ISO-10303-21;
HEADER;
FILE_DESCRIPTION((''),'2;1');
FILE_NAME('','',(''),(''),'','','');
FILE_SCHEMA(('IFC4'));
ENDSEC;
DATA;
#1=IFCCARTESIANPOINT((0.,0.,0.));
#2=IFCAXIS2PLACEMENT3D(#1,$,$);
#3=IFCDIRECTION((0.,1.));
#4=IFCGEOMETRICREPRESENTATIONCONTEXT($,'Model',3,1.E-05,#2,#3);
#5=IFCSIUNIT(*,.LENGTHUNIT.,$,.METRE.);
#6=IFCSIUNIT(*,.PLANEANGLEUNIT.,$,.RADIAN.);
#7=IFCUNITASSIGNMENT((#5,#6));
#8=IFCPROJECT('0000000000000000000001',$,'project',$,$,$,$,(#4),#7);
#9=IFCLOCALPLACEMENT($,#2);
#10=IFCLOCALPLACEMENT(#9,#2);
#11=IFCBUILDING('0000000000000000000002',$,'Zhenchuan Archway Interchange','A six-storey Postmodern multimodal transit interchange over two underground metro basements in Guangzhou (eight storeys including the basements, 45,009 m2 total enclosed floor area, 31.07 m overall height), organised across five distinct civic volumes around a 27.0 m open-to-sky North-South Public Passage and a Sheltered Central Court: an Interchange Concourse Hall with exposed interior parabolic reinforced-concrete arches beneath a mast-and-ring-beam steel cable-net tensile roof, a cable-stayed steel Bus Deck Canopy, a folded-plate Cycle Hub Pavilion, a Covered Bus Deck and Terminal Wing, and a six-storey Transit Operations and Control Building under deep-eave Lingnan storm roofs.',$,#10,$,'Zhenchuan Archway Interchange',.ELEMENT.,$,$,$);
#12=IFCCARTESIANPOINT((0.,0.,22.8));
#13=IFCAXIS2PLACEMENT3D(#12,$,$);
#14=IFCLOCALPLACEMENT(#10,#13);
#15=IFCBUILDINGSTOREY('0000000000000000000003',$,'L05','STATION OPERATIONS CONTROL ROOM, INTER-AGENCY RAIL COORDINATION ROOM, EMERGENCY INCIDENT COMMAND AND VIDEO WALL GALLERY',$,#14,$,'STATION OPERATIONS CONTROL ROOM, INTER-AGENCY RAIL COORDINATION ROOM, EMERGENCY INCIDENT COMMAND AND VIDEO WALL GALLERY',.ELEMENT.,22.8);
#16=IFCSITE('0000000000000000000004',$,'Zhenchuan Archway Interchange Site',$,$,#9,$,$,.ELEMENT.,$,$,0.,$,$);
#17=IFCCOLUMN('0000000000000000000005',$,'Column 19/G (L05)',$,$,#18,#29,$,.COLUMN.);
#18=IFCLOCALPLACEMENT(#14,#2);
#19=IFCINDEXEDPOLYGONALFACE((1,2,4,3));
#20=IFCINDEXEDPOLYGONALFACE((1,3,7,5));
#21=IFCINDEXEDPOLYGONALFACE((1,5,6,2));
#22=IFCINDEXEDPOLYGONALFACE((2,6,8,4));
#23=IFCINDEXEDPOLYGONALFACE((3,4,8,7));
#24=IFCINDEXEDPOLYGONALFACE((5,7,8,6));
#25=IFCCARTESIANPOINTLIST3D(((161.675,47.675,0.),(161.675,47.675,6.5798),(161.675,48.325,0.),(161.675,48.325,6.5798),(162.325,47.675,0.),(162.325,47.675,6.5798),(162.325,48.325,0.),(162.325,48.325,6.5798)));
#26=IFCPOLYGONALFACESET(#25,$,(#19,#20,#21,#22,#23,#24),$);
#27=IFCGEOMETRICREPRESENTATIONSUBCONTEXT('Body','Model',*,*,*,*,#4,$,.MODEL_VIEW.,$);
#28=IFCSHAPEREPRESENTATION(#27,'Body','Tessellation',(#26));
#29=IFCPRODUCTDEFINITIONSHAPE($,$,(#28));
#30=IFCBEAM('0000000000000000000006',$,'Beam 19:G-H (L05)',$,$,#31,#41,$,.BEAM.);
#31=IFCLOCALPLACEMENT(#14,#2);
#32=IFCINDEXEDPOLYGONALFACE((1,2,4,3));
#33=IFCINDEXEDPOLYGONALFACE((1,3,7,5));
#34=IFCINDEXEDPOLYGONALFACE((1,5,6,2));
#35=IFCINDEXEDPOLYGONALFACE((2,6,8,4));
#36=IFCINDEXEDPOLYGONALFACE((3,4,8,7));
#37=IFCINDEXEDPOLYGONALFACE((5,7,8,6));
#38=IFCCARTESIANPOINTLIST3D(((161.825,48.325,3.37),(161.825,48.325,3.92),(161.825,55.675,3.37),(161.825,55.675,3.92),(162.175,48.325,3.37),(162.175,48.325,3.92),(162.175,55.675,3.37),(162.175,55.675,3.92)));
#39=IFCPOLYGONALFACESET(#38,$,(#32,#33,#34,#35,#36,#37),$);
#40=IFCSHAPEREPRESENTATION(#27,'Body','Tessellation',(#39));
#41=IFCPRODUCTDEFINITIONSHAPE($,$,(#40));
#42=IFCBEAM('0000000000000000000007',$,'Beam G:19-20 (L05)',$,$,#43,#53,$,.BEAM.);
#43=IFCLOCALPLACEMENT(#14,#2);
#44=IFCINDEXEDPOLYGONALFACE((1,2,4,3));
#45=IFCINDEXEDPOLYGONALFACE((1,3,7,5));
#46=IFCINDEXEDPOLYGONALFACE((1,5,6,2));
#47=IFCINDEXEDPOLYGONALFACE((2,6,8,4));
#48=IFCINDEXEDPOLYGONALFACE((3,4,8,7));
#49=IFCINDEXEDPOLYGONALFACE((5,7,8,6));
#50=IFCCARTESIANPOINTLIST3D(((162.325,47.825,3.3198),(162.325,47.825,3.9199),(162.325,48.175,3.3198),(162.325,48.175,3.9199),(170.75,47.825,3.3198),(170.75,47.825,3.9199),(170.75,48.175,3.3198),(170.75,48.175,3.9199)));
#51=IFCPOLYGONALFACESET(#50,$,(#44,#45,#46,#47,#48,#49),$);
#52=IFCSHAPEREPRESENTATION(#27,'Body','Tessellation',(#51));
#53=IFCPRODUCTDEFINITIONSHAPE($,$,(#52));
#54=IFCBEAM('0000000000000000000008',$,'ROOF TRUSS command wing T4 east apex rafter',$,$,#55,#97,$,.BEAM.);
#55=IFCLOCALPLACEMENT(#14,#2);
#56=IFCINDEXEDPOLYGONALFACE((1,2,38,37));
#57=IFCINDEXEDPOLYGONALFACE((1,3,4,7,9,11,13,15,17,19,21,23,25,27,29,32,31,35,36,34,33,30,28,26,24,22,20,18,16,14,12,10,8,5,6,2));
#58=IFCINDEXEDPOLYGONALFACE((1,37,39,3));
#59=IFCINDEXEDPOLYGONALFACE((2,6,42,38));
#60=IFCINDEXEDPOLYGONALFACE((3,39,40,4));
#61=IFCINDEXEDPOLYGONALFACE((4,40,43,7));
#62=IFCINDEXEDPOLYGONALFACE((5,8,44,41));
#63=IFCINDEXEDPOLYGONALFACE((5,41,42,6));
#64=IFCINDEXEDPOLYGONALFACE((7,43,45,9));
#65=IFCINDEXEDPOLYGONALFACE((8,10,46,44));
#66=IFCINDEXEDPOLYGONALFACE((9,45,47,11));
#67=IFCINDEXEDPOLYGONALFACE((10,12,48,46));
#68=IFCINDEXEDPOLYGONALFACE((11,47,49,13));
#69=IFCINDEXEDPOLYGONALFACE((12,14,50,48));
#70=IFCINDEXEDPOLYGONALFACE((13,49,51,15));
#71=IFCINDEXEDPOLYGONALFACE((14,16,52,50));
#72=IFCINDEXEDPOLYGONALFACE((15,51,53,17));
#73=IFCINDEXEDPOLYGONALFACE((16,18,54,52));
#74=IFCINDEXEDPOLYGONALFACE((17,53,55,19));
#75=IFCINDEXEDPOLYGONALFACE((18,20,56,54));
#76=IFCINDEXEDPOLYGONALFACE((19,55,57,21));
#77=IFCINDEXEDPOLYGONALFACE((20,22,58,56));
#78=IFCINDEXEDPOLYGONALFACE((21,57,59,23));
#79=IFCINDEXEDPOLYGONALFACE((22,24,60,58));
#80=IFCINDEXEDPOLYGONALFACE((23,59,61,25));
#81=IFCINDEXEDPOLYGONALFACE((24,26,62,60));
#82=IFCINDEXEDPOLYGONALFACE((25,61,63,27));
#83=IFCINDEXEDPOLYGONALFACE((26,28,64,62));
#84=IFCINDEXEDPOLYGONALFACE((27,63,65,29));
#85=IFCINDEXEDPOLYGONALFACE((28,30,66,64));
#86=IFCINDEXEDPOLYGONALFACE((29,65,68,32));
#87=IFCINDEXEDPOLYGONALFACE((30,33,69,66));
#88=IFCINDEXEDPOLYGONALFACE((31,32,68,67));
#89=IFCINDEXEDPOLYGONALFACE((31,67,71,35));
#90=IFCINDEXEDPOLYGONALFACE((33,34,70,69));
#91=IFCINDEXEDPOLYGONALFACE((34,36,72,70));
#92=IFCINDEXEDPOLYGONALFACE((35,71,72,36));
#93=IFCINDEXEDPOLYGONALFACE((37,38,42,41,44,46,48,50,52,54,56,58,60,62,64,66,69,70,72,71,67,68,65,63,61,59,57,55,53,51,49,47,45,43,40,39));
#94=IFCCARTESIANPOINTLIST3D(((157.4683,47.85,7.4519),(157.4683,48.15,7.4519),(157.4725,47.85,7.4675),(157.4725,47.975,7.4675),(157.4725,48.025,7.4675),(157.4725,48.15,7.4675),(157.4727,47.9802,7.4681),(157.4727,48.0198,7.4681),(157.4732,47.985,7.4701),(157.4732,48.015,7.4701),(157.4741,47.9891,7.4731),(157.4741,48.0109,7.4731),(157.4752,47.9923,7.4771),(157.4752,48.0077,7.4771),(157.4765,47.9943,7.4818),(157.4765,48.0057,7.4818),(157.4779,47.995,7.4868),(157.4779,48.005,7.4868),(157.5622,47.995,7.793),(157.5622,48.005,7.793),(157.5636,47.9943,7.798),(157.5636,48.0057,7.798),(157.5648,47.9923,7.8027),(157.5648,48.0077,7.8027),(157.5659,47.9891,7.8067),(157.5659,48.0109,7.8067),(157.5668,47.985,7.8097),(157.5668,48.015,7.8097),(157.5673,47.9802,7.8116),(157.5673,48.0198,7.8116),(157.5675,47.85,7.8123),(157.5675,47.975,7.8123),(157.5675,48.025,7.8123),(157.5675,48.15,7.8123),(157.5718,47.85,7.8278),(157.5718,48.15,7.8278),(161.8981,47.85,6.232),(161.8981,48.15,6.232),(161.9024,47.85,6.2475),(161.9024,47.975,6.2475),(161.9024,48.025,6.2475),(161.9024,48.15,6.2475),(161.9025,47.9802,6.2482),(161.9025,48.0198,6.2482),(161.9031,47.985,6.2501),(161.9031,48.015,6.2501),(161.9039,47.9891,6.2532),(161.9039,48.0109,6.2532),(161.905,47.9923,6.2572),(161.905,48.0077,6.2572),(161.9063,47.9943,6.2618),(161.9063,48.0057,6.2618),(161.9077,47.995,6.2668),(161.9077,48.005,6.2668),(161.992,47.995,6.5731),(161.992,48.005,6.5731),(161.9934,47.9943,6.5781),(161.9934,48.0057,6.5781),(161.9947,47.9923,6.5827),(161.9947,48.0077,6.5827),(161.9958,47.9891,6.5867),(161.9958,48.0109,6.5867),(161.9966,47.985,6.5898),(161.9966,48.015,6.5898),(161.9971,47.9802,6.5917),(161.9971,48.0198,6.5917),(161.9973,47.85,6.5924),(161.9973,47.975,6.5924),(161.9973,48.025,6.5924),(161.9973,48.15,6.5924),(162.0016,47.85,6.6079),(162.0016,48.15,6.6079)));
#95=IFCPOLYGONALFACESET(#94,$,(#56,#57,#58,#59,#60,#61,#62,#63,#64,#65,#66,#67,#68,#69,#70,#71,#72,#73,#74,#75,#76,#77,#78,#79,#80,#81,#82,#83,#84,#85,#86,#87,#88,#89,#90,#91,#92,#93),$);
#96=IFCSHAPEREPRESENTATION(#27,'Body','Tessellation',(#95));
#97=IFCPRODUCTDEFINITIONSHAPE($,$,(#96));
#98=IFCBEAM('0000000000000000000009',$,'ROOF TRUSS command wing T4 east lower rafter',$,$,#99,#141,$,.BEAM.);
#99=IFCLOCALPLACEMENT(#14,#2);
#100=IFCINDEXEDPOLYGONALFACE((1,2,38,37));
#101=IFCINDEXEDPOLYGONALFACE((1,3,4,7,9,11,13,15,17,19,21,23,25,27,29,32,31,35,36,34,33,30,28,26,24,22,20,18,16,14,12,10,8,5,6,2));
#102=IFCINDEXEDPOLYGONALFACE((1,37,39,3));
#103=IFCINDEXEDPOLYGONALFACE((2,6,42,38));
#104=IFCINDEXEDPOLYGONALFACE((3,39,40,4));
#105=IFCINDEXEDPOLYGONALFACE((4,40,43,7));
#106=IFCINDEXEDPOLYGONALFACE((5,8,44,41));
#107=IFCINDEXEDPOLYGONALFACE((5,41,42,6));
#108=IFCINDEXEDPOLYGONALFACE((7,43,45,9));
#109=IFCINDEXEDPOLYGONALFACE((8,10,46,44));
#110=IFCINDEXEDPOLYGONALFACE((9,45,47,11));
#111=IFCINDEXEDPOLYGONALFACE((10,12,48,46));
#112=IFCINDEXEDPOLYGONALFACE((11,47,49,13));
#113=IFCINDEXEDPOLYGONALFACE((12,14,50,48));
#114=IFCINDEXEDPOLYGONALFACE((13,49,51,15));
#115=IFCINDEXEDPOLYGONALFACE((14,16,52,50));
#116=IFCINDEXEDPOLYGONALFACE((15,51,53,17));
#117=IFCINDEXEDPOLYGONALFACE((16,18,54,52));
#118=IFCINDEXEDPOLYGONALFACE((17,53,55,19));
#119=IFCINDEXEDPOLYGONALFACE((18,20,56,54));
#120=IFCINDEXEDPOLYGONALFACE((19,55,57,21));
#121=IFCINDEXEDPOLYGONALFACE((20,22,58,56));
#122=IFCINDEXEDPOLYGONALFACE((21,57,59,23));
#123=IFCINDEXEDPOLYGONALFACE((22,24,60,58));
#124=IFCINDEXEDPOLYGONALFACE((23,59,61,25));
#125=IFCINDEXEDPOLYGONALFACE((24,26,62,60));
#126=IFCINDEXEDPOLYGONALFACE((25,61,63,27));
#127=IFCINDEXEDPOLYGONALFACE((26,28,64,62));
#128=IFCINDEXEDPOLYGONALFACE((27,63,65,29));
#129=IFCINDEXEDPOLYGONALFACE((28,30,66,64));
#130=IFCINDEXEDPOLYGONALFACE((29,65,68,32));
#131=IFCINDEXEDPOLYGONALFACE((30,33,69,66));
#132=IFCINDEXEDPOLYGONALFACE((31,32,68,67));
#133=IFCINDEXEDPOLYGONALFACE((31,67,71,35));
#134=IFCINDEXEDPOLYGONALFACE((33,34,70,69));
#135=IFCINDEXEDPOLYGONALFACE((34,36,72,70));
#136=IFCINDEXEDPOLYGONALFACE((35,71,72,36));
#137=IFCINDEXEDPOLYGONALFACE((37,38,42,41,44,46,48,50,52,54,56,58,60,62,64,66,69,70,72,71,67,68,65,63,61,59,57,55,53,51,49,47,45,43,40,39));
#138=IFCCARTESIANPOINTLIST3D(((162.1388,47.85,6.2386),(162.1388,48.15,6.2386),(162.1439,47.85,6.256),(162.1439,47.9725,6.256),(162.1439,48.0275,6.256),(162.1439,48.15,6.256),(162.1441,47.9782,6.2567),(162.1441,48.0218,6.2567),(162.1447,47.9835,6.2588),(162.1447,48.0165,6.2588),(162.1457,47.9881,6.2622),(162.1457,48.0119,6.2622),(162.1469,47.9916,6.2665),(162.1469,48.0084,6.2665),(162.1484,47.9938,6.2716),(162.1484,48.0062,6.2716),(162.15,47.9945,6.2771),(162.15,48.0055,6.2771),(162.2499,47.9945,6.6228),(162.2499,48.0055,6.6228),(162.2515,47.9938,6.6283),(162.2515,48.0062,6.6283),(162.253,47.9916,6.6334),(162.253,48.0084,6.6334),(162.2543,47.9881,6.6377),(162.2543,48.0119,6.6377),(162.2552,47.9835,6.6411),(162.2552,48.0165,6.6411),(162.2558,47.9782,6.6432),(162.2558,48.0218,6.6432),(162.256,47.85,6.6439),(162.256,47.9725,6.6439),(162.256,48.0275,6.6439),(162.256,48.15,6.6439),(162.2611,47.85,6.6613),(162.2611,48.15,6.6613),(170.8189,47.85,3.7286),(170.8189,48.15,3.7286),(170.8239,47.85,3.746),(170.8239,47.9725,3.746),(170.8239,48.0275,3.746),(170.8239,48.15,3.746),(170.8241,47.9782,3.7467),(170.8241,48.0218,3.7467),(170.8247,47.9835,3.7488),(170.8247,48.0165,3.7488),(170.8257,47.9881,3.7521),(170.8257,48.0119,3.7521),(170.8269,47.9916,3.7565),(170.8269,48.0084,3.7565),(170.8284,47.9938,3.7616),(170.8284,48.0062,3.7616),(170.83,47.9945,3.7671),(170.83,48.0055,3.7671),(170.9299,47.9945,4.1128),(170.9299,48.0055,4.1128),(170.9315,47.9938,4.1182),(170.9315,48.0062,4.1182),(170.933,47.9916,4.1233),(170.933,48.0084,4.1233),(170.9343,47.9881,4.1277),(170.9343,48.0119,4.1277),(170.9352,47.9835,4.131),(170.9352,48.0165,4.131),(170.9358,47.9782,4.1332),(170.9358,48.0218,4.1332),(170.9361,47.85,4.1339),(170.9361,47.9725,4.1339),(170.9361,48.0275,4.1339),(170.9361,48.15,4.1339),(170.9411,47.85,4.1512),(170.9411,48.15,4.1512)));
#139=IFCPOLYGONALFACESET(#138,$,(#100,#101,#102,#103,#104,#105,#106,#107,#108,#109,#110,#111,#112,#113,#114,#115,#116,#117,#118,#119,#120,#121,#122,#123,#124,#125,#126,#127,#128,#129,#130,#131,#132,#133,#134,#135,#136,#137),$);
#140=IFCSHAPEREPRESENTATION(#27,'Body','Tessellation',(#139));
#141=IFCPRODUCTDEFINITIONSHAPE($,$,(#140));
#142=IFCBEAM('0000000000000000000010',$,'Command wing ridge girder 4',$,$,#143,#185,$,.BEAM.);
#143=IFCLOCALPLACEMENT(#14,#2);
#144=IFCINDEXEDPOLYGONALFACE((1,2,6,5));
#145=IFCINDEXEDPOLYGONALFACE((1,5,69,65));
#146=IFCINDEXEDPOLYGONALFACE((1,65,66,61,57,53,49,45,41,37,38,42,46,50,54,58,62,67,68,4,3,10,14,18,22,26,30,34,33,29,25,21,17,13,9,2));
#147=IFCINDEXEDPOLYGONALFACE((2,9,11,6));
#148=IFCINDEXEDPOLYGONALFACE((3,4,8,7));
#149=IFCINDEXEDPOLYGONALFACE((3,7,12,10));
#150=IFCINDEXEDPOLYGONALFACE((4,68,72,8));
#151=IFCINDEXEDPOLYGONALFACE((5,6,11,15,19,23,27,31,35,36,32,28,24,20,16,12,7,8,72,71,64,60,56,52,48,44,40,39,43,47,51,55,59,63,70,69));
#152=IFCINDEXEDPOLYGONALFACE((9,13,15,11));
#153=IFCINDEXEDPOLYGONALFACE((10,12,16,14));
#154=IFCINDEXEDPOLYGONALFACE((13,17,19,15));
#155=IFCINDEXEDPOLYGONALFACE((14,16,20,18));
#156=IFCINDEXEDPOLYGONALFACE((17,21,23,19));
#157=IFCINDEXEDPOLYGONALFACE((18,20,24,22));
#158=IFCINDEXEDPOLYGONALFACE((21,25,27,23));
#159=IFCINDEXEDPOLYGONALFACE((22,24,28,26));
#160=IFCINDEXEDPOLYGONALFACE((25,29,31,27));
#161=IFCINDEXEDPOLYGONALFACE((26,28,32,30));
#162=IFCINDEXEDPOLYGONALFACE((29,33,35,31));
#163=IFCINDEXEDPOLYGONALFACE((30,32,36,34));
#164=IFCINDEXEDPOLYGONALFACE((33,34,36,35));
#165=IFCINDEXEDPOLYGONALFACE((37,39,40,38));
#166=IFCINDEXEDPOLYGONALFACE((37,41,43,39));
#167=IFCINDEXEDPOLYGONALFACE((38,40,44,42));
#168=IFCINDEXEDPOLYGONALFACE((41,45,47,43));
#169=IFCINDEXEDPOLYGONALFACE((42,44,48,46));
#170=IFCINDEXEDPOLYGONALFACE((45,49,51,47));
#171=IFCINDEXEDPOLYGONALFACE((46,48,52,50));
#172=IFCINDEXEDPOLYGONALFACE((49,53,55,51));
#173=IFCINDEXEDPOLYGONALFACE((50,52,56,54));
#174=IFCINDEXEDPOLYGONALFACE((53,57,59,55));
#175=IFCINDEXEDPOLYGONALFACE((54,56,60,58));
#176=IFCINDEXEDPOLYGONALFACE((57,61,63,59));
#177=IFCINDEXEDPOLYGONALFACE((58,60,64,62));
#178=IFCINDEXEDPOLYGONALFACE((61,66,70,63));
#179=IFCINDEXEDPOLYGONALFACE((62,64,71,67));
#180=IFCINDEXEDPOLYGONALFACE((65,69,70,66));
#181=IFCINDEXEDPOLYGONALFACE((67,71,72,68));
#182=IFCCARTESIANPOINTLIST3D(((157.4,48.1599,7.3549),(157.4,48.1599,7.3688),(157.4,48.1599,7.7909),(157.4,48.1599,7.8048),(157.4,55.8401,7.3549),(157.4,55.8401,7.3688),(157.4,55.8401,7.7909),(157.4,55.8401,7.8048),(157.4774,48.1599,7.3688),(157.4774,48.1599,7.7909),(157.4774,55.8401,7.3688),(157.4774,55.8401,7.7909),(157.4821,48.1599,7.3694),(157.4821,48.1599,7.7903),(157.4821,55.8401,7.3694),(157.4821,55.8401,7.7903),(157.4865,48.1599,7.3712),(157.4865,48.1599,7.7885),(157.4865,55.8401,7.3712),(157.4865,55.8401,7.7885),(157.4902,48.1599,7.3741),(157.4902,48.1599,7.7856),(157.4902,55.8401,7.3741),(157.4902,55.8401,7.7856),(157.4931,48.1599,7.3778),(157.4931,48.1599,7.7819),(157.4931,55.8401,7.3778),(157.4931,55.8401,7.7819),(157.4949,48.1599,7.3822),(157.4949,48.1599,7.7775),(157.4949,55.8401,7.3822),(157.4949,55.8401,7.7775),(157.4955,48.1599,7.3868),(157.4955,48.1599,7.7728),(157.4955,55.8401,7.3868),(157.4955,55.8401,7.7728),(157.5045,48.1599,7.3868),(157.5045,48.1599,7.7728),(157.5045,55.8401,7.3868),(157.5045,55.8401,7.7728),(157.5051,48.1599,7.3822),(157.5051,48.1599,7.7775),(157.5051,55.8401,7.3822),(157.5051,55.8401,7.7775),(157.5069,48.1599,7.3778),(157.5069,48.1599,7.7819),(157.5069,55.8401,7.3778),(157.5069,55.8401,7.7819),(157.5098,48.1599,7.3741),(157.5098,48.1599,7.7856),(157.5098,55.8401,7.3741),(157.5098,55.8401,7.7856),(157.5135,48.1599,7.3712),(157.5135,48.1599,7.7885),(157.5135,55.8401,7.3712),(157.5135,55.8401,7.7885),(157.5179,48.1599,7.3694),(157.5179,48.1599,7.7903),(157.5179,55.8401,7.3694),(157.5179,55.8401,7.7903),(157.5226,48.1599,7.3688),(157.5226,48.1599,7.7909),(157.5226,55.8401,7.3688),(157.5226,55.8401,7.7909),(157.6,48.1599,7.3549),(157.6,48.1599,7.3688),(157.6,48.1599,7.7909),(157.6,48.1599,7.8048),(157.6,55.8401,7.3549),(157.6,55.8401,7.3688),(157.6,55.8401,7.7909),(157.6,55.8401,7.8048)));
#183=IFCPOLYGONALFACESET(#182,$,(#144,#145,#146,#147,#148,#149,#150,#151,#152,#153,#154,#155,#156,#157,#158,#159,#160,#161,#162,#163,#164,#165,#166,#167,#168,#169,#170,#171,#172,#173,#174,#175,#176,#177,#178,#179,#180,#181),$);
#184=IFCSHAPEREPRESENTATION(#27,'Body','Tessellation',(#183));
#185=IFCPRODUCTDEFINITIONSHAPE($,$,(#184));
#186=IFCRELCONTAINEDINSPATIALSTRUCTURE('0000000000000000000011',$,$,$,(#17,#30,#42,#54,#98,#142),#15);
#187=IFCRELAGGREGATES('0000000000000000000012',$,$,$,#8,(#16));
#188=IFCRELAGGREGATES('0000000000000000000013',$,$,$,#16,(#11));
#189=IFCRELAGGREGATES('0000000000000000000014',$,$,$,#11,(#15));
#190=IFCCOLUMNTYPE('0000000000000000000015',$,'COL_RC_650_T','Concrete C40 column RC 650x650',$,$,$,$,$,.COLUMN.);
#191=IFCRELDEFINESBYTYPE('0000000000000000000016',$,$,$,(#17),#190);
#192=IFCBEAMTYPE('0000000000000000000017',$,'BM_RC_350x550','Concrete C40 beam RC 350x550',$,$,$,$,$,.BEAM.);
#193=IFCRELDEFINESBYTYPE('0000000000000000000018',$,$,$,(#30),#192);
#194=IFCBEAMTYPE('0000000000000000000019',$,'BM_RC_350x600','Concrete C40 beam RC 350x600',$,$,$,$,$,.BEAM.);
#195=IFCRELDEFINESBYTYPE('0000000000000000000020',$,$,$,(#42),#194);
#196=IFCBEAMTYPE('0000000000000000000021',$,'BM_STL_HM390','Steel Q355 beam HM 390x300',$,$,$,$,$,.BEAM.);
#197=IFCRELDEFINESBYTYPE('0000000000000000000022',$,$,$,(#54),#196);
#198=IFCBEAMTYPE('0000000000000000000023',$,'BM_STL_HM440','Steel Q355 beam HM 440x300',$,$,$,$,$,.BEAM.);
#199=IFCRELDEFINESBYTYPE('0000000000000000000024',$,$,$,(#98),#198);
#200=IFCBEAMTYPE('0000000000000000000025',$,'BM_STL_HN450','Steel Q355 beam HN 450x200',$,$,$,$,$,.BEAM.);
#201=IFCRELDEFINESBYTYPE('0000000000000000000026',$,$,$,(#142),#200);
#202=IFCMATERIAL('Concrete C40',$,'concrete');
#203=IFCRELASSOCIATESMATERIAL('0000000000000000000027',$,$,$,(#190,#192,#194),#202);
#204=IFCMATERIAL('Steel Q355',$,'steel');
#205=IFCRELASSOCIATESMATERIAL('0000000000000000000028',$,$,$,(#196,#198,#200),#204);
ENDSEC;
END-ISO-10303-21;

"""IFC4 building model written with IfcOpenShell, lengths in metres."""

from ifc_helpers import new_model, si_unit, direction, frame, origin, origin_2d, place, context, subcontext, project, spatial, rectangle, i_section, extrude, material, material_profile, profile_set, type_object, element, save


model = new_model("IFC4")

# Units and contexts
model_context = context("Model", 3, precision=1e-05, world=origin(), true_north=direction((0.0, 1.0)))
body_context = subcontext(model_context, "Body", "Model", "MODEL_VIEW")
ifc_project = project(units=[si_unit("LENGTHUNIT", "METRE"), si_unit("PLANEANGLEUNIT", "RADIAN")], contexts=[model_context])

# Site, building, storey
site_placement = place(None, origin())
site = spatial("IfcSite", under=ifc_project, at=site_placement, Name="Zhenchuan Archway Interchange Site", CompositionType="ELEMENT", RefElevation=0.0)
building_placement = place(site_placement, origin())
building = spatial("IfcBuilding", under=site, at=building_placement, Name="Zhenchuan Archway Interchange", Description="A six-storey Postmodern multimodal transit interchange over two underground metro basements in Guangzhou (eight storeys including the basements, 45,009 m2 total enclosed floor area, 31.07 m overall height), organised across five distinct civic volumes around a 27.0 m open-to-sky North-South Public Passage and a Sheltered Central Court: an Interchange Concourse Hall with exposed interior parabolic reinforced-concrete arches beneath a mast-and-ring-beam steel cable-net tensile roof, a cable-stayed steel Bus Deck Canopy, a folded-plate Cycle Hub Pavilion, a Covered Bus Deck and Terminal Wing, and a six-storey Transit Operations and Control Building under deep-eave Lingnan storm roofs.", LongName="Zhenchuan Archway Interchange", CompositionType="ELEMENT")
storey_placement = place(building_placement, frame((0.0, 0.0, 22.8)))
storey = spatial("IfcBuildingStorey", under=building, at=storey_placement, Name="L05", Description="STATION OPERATIONS CONTROL ROOM, INTER-AGENCY RAIL COORDINATION ROOM, EMERGENCY INCIDENT COMMAND AND VIDEO WALL GALLERY", LongName="STATION OPERATIONS CONTROL ROOM, INTER-AGENCY RAIL COORDINATION ROOM, EMERGENCY INCIDENT COMMAND AND VIDEO WALL GALLERY", CompositionType="ELEMENT", Elevation=22.8)

# Column
ifc_material_1 = material(Name="Concrete C40", Category="concrete")
ifc_material_profile_1 = material_profile(ifc_material_1, rectangle(XDim=0.6499, YDim=0.6499, at=origin_2d()), Name="RC 650x650")
ifc_profile_set_1 = profile_set([ifc_material_profile_1], Name="Concrete C40")
column_type = type_object("IfcColumnType", Name="COL_RC_650_T", Description="Concrete C40 column RC 650x650", PredefinedType="COLUMN", material=ifc_profile_set_1)
column_placement = place(storey_placement, frame((162.0, 48.0, 0.0), z_axis=(0.0, 0.0, 1.0), x_axis=(1.0, 0.0, 0.0)))
element("IfcColumn", 1, at=column_placement, inside=storey, type_object=column_type, Name="Column 19/G (L05)", PredefinedType="COLUMN", context=body_context, shape_type="SweptSolid", body=[
    extrude(rectangle(XDim=0.6499, YDim=0.6499, at=origin_2d()), origin(), (0.0, 0.0, 1.0), 6.5798),
])

# Beams
ifc_material_profile_2 = material_profile(ifc_material_1, rectangle(XDim=0.3501, YDim=0.55, at=origin_2d()), Name="RC 350x550")
ifc_profile_set_2 = profile_set([ifc_material_profile_2], Name="Concrete C40")
beam_type_1 = type_object("IfcBeamType", Name="BM_RC_350x550", Description="Concrete C40 beam RC 350x550", PredefinedType="BEAM", material=ifc_profile_set_2)
beam_1_placement = place(storey_placement, frame((162.0, 48.325, 3.645), z_axis=(0.0, 1.0, 0.0), x_axis=(-1.0, 0.0, 0.0)))
element("IfcBeam", 2, at=beam_1_placement, inside=storey, type_object=beam_type_1, Name="Beam 19:G-H (L05)", PredefinedType="BEAM", context=body_context, shape_type="SweptSolid", body=[
    extrude(rectangle(XDim=0.3501, YDim=0.55, at=origin_2d()), origin(), (0.0, 0.0, 1.0), 7.3501),
])
ifc_material_profile_3 = material_profile(ifc_material_1, rectangle(XDim=0.3501, YDim=0.6001, at=origin_2d()), Name="RC 350x600")
ifc_profile_set_3 = profile_set([ifc_material_profile_3], Name="Concrete C40")
beam_type_2 = type_object("IfcBeamType", Name="BM_RC_350x600", Description="Concrete C40 beam RC 350x600", PredefinedType="BEAM", material=ifc_profile_set_3)
beam_2_placement = place(storey_placement, frame((162.325, 48.0, 3.6199), z_axis=(1.0, 0.0, 0.0), x_axis=(0.0, 1.0, 0.0)))
element("IfcBeam", 3, at=beam_2_placement, inside=storey, type_object=beam_type_2, Name="Beam G:19-20 (L05)", PredefinedType="BEAM", context=body_context, shape_type="SweptSolid", body=[
    extrude(rectangle(XDim=0.3501, YDim=0.6001, at=origin_2d()), origin(), (0.0, 0.0, 1.0), 8.425),
])
ifc_material_2 = material(Name="Steel Q355", Category="steel")
ifc_material_profile_4 = material_profile(ifc_material_2, i_section(OverallWidth=0.3, OverallDepth=0.3899, WebThickness=0.01, FlangeThickness=0.0161, FilletRadius=0.02, at=origin_2d()), Name="HM 390x300")
ifc_profile_set_4 = profile_set([ifc_material_profile_4], Name="Steel Q355")
beam_type_3 = type_object("IfcBeamType", Name="BM_STL_HM390", Description="Steel Q355 beam HM 390x300", PredefinedType="BEAM", material=ifc_profile_set_4)
beam_3_placement = place(storey_placement, frame((157.52, 48.0, 7.6399), z_axis=(0.964109, 0.0, -0.265508), x_axis=(0.0, 1.0, 0.0)))
element("IfcBeam", 4, at=beam_3_placement, inside=storey, type_object=beam_type_3, Name="ROOF TRUSS command wing T4 east apex rafter", PredefinedType="BEAM", context=body_context, shape_type="SweptSolid", body=[
    extrude(i_section(OverallWidth=0.3, OverallDepth=0.3899, WebThickness=0.01, FlangeThickness=0.0161, FilletRadius=0.02, at=origin_2d()), origin(), (0.0, 0.0, 1.0), 4.5947),
])
ifc_material_profile_5 = material_profile(ifc_material_2, i_section(OverallWidth=0.3, OverallDepth=0.4399, WebThickness=0.011, FlangeThickness=0.0181, FilletRadius=0.022, at=origin_2d()), Name="HM 440x300")
ifc_profile_set_5 = profile_set([ifc_material_profile_5], Name="Steel Q355")
beam_type_4 = type_object("IfcBeamType", Name="BM_STL_HM440", Description="Steel Q355 beam HM 440x300", PredefinedType="BEAM", material=ifc_profile_set_5)
beam_4_placement = place(storey_placement, frame((162.2, 48.0, 6.45), z_axis=(0.960641, 0.0, -0.277792), x_axis=(0.0, 1.0, 0.0)))
element("IfcBeam", 5, at=beam_4_placement, inside=storey, type_object=beam_type_4, Name="ROOF TRUSS command wing T4 east lower rafter", PredefinedType="BEAM", context=body_context, shape_type="SweptSolid", body=[
    extrude(i_section(OverallWidth=0.3, OverallDepth=0.4399, WebThickness=0.011, FlangeThickness=0.0181, FilletRadius=0.022, at=origin_2d()), origin(), (0.0, 0.0, 1.0), 9.0356),
])
ifc_material_profile_6 = material_profile(ifc_material_2, i_section(OverallWidth=0.2, OverallDepth=0.45, WebThickness=0.009, FlangeThickness=0.0139, FilletRadius=0.0181, at=origin_2d()), Name="HN 450x200")
ifc_profile_set_6 = profile_set([ifc_material_profile_6], Name="Steel Q355")
beam_type_5 = type_object("IfcBeamType", Name="BM_STL_HN450", Description="Steel Q355 beam HN 450x200", PredefinedType="BEAM", material=ifc_profile_set_6)
beam_5_placement = place(storey_placement, frame((157.5, 48.1599, 7.5798), z_axis=(0.0, 1.0, 0.0), x_axis=(-1.0, 0.0, 0.0)))
element("IfcBeam", 6, at=beam_5_placement, inside=storey, type_object=beam_type_5, Name="Command wing ridge girder 4", PredefinedType="BEAM", context=body_context, shape_type="SweptSolid", body=[
    extrude(i_section(OverallWidth=0.2, OverallDepth=0.45, WebThickness=0.009, FlangeThickness=0.0139, FilletRadius=0.0181, at=origin_2d()), origin(), (0.0, 0.0, 1.0), 7.6802),
])

save(model, "model.ifc")
